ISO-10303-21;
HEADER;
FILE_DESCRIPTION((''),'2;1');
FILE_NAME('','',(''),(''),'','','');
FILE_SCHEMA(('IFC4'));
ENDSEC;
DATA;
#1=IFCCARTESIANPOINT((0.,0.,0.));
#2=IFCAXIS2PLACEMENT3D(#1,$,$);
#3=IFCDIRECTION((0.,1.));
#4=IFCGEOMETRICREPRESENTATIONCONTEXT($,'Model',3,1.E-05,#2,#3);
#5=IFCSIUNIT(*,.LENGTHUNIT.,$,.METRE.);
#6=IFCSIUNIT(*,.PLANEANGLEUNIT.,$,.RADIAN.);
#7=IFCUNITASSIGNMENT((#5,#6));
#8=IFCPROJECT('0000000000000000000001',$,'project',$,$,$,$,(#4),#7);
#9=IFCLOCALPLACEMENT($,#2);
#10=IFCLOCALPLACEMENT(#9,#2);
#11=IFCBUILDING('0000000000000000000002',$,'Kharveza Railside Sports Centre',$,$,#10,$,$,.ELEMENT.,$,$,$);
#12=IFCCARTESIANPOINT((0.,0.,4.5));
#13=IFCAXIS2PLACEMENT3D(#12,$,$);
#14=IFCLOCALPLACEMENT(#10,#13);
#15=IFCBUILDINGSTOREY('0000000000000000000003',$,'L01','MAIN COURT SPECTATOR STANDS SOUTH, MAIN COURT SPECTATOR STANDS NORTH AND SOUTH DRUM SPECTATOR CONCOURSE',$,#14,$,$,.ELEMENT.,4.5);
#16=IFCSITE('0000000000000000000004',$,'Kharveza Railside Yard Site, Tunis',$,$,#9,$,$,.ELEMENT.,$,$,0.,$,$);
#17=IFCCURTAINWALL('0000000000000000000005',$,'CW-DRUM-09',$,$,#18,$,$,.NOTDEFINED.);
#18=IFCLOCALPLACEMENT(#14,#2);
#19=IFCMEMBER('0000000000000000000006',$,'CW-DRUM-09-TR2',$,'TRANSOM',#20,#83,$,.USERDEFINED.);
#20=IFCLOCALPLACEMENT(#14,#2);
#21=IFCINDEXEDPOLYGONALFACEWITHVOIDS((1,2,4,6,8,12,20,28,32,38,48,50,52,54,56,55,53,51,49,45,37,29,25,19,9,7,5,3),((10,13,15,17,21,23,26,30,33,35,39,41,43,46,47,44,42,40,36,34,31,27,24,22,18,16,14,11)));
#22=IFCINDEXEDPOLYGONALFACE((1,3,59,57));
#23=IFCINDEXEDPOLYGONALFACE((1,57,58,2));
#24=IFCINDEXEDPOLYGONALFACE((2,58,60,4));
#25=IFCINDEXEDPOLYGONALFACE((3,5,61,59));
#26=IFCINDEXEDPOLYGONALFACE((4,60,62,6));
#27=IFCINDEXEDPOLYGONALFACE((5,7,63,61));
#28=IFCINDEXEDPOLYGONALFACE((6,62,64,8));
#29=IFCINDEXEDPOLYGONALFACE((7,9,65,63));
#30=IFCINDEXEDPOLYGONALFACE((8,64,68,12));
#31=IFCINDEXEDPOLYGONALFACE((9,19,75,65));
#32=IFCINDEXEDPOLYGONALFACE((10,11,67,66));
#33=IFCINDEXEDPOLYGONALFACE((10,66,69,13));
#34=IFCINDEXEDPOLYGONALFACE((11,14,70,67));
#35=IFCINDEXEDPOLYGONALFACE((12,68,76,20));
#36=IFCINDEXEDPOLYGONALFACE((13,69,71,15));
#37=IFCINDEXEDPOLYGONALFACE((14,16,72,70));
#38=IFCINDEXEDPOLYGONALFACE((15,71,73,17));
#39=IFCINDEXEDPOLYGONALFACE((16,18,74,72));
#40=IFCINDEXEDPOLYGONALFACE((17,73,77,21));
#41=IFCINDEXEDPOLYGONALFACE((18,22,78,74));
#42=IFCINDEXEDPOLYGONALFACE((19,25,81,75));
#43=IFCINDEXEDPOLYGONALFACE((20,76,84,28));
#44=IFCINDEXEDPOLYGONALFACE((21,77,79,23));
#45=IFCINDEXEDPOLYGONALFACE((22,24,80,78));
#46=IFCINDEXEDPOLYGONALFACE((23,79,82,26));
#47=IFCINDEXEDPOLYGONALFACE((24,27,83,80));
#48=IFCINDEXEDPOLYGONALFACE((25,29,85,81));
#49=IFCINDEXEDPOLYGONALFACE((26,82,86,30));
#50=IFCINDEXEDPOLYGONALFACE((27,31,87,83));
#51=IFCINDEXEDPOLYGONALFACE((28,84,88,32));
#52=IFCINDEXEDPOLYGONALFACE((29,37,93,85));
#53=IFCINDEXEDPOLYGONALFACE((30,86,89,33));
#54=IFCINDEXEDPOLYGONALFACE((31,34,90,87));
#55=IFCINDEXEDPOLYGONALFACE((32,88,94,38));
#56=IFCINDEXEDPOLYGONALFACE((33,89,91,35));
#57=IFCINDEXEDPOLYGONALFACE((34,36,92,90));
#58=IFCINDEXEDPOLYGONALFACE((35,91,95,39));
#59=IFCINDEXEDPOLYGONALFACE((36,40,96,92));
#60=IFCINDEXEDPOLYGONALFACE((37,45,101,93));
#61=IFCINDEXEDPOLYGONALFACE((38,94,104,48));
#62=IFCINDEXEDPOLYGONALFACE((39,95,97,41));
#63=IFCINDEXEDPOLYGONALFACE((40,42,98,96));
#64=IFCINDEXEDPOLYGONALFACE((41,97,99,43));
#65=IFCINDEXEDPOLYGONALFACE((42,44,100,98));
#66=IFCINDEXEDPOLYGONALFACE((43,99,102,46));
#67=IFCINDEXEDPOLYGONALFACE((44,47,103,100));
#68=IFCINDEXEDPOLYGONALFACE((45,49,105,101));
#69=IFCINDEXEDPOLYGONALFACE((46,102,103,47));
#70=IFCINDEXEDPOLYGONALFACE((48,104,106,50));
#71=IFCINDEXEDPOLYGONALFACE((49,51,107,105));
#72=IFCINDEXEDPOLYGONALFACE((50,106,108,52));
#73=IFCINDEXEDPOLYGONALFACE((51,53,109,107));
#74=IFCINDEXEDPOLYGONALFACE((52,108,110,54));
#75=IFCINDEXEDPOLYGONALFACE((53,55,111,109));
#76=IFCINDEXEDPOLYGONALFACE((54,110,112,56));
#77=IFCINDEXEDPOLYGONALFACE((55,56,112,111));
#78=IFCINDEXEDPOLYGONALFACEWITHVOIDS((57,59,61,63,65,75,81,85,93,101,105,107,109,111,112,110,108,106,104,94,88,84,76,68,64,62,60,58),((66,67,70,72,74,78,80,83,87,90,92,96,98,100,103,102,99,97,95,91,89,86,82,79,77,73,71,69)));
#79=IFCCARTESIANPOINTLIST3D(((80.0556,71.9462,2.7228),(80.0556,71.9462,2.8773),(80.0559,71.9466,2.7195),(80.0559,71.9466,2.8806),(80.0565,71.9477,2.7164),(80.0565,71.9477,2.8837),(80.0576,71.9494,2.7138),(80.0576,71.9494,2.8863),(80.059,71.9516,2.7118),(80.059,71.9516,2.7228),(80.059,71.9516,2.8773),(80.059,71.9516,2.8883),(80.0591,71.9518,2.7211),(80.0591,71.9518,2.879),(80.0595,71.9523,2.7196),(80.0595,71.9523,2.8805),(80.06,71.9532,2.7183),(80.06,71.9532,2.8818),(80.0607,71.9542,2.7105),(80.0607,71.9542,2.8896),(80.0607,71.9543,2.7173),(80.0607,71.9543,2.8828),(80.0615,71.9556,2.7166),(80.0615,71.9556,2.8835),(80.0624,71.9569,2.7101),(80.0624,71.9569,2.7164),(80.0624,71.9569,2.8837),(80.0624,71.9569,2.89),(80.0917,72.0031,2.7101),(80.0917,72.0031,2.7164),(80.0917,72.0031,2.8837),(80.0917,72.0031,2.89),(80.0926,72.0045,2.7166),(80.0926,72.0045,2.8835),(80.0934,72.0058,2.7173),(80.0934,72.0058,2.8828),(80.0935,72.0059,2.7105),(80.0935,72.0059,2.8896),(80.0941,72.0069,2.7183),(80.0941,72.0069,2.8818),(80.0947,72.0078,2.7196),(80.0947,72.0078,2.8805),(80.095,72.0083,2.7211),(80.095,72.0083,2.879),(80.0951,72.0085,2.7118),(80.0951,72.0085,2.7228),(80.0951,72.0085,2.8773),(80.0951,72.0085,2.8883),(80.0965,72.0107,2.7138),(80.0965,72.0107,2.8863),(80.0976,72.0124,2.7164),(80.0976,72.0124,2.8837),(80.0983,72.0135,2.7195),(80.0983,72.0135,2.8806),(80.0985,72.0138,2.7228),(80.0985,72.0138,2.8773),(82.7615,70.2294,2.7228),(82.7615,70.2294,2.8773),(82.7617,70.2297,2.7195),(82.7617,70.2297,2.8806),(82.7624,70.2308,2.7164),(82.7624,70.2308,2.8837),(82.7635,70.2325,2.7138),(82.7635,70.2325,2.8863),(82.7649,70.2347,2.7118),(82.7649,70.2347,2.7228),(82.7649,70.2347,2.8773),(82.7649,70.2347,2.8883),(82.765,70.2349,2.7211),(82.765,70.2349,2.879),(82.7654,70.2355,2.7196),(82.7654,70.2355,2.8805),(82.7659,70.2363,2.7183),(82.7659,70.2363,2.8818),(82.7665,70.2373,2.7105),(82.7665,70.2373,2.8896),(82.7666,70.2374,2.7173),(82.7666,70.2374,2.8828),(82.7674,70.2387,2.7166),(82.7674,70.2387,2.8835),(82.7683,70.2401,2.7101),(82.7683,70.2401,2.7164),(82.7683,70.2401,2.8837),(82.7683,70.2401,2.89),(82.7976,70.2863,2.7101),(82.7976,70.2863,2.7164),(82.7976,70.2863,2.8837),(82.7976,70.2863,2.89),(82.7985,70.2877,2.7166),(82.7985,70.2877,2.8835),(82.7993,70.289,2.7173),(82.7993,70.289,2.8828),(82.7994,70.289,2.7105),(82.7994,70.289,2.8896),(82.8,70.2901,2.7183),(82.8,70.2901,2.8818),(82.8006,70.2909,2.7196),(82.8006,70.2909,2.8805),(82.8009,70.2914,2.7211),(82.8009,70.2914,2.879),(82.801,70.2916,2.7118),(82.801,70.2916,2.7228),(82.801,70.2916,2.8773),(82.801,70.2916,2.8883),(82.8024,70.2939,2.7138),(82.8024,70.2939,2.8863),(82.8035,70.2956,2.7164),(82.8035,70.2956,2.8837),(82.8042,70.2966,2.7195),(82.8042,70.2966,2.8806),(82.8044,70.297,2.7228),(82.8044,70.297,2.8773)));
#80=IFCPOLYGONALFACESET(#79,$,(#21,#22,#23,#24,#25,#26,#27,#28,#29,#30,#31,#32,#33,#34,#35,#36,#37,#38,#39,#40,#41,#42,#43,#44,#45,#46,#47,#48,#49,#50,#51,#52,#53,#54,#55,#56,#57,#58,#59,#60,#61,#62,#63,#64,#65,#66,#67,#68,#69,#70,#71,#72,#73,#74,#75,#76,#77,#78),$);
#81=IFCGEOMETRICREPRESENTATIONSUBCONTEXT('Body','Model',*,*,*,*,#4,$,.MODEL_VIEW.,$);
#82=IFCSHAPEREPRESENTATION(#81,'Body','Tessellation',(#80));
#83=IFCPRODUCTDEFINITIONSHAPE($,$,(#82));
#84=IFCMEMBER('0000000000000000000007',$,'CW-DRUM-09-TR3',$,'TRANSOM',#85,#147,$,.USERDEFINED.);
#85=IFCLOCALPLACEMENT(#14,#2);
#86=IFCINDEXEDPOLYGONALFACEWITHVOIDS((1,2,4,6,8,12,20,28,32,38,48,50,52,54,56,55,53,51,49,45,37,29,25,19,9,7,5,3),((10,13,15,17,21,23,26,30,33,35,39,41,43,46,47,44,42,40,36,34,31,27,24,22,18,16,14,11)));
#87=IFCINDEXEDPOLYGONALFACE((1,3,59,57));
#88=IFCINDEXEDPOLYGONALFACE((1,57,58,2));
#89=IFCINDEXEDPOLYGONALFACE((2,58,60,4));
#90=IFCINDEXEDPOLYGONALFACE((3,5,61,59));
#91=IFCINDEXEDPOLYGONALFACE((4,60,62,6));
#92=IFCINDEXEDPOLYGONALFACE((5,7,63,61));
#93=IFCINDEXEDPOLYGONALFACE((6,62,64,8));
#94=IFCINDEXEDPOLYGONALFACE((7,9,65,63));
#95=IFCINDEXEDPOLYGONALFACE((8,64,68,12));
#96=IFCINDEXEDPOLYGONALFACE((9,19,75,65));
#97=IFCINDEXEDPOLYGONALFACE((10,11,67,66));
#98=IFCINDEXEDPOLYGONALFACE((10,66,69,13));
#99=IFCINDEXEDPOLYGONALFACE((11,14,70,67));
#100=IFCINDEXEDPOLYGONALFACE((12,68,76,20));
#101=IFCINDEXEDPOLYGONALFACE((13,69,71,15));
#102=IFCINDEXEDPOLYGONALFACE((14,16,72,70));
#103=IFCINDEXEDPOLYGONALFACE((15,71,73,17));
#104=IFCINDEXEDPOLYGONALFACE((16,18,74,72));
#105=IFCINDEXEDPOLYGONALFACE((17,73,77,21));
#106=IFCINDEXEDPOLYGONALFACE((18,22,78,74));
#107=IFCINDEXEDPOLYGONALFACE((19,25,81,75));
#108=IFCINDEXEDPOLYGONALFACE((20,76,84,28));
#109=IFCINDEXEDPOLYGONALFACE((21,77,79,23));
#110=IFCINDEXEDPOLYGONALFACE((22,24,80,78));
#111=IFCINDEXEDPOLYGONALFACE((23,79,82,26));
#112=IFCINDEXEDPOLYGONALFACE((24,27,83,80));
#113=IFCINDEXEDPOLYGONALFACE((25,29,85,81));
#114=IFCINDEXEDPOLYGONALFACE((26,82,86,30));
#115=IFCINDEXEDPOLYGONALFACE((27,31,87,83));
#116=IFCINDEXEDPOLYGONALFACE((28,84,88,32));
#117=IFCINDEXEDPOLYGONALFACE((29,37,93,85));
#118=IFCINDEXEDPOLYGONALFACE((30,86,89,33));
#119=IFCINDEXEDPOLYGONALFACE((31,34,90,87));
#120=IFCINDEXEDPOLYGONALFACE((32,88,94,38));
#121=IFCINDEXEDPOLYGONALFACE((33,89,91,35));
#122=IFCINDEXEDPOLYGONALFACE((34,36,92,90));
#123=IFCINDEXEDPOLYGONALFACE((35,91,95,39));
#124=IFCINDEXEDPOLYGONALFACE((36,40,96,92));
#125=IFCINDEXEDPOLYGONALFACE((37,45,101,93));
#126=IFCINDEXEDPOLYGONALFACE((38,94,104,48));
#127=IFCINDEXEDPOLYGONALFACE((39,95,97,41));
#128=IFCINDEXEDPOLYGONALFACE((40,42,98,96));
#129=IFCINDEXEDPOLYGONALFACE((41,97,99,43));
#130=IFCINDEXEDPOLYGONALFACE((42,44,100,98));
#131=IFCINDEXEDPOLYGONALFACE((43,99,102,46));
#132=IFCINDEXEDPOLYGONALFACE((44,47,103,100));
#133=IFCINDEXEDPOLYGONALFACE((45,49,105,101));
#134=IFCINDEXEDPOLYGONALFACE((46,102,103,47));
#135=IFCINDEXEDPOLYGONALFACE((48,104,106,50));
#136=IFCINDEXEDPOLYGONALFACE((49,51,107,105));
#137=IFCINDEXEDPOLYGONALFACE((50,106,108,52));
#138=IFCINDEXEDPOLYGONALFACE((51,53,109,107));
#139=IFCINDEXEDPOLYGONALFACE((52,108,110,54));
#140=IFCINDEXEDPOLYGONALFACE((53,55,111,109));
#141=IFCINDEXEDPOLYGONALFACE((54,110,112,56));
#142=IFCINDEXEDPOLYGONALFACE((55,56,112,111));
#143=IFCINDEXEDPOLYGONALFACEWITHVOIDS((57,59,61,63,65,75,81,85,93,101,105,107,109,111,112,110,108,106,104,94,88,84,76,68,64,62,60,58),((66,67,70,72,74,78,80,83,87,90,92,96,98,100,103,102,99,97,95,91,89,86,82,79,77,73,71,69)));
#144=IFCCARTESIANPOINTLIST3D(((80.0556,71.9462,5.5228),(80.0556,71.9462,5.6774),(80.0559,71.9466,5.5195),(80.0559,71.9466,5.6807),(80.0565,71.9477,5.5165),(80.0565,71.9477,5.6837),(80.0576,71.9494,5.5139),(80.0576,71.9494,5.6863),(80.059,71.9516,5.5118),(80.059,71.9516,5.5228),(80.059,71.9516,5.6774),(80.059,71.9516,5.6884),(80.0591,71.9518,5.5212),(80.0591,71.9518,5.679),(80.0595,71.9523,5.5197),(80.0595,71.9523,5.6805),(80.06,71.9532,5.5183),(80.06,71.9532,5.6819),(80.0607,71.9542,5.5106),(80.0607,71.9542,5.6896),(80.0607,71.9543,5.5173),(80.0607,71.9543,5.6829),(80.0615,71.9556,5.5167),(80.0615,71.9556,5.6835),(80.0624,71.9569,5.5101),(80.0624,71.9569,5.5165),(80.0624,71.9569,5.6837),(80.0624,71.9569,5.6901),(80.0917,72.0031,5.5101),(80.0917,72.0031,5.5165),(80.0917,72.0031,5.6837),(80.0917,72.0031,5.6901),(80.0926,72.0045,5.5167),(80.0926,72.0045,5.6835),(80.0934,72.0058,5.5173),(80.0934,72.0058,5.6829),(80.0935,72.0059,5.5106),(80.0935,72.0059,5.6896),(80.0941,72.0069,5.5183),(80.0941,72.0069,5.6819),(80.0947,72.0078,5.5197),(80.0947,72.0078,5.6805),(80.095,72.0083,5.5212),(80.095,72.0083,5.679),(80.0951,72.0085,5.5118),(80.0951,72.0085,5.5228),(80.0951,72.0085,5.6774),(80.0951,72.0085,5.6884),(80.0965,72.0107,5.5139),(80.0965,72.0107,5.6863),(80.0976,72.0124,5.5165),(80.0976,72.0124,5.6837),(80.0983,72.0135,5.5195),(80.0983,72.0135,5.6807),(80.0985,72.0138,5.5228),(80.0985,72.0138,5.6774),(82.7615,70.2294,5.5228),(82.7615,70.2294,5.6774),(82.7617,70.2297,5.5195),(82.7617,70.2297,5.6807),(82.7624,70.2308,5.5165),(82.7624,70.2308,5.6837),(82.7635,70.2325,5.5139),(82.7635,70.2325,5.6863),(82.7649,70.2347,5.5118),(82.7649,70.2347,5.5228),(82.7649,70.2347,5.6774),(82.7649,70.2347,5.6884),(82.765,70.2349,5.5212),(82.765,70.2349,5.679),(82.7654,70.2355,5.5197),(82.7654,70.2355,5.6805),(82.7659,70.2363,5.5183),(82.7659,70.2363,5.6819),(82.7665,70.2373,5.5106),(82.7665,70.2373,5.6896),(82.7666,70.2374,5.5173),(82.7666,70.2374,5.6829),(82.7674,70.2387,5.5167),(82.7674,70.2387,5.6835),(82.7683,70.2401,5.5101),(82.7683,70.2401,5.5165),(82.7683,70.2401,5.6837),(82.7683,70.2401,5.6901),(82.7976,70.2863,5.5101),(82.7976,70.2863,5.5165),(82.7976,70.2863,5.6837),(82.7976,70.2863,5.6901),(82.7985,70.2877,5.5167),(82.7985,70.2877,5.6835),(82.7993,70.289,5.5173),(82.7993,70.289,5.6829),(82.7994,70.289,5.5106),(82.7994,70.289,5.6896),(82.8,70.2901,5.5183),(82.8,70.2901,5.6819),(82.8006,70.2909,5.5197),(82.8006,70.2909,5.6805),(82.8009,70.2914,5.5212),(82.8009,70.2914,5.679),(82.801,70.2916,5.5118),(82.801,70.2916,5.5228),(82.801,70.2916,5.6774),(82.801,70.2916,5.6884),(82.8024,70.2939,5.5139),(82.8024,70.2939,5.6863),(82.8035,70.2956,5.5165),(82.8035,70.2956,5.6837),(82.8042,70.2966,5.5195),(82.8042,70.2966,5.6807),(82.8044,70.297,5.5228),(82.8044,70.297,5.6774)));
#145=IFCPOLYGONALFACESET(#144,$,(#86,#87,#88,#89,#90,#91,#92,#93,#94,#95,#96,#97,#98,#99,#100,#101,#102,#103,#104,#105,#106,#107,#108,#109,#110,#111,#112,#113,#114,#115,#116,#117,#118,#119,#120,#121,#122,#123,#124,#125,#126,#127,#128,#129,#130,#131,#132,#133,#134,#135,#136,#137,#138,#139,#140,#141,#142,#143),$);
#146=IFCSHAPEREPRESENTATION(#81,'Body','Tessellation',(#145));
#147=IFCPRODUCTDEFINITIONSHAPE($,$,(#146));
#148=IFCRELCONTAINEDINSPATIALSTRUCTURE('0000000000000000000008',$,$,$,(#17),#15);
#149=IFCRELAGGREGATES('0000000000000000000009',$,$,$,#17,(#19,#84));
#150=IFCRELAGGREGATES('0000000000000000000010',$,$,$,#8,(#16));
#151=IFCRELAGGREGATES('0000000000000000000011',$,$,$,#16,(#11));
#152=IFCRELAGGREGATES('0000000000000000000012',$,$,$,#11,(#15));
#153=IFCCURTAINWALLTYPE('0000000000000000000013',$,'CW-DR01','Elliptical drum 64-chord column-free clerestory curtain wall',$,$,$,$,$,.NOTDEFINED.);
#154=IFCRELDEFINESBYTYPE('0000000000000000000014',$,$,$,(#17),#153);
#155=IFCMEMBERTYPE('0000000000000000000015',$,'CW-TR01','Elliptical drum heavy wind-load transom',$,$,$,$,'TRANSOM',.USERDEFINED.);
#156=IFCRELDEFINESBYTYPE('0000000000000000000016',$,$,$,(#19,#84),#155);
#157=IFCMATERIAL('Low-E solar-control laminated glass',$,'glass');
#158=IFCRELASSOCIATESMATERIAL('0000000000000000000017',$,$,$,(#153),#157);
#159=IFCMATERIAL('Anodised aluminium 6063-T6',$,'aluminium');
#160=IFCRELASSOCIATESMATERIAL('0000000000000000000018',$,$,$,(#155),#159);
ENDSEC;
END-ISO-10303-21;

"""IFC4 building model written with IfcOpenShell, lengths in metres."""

from ifc_helpers import new_model, si_unit, direction, frame, origin, origin_2d, place, context, subcontext, project, spatial, hollow_rectangle, extrude, material, material_profile, profile_set, type_object, element, aggregate, save


model = new_model("IFC4")

# Units and contexts
model_context = context("Model", 3, precision=1e-05, world=origin(), true_north=direction((0.0, 1.0)))
body_context = subcontext(model_context, "Body", "Model", "MODEL_VIEW")
ifc_project = project(units=[si_unit("LENGTHUNIT", "METRE"), si_unit("PLANEANGLEUNIT", "RADIAN")], contexts=[model_context])

# Site, building, storey
site_placement = place(None, origin())
site = spatial("IfcSite", under=ifc_project, at=site_placement, Name="Kharveza Railside Yard Site, Tunis", CompositionType="ELEMENT", RefElevation=0.0)
building_placement = place(site_placement, origin())
building = spatial("IfcBuilding", under=site, at=building_placement, Name="Kharveza Railside Sports Centre", CompositionType="ELEMENT")
storey_placement = place(building_placement, frame((0.0, 0.0, 4.5)))
storey = spatial("IfcBuildingStorey", under=building, at=storey_placement, Name="L01", Description="MAIN COURT SPECTATOR STANDS SOUTH, MAIN COURT SPECTATOR STANDS NORTH AND SOUTH DRUM SPECTATOR CONCOURSE", CompositionType="ELEMENT", Elevation=4.5)

# Shared definitions
ifc_material_1 = material(Name="Low-E solar-control laminated glass", Category="glass")
curtain_wall_type = type_object("IfcCurtainWallType", Name="CW-DR01", Description="Elliptical drum 64-chord column-free clerestory curtain wall", PredefinedType="NOTDEFINED", material=ifc_material_1)
ifc_material_2 = material(Name="Anodised aluminium 6063-T6", Category="aluminium")

# Curtain wall
curtain_wall_1_placement = place(storey_placement, origin())
curtain_wall_1 = element("IfcCurtainWall", 1, at=curtain_wall_1_placement, inside=storey, type_object=curtain_wall_type, Name="CW-DRUM-09", PredefinedType="NOTDEFINED")

# Members
ifc_material_profile_1 = material_profile(ifc_material_2, hollow_rectangle(XDim=0.0801, YDim=0.1799, WallThickness=0.0063, InnerFilletRadius=0.0063, OuterFilletRadius=0.0127, at=origin_2d()), Name="RHS 80x180x6.3")
ifc_profile_set_1 = profile_set([ifc_material_profile_1], Name="Anodised aluminium 6063-T6")
member_type_1 = type_object("IfcMemberType", Name="CW-TR01", Description="Elliptical drum heavy wind-load transom", ElementType="TRANSOM", PredefinedType="USERDEFINED", material=ifc_profile_set_1)
member_1_placement = place(storey_placement, frame((82.783, 70.2632, 2.8), z_axis=(-0.844379, 0.535746, 0.0), x_axis=(-0.535746, -0.844379, 0.0)))
member_1 = element("IfcMember", 2, at=member_1_placement, type_object=member_type_1, Name="CW-DRUM-09-TR2", ObjectType="TRANSOM", PredefinedType="USERDEFINED", context=body_context, shape_type="SweptSolid", body=[
    extrude(hollow_rectangle(XDim=0.0801, YDim=0.1799, WallThickness=0.0063, InnerFilletRadius=0.0063, OuterFilletRadius=0.0127, at=origin_2d()), origin(), (0.0, 0.0, 1.0), 3.2046),
])
member_2_placement = place(storey_placement, frame((82.783, 70.2632, 5.6001), z_axis=(-0.844379, 0.535746, 0.0), x_axis=(-0.535746, -0.844379, 0.0)))
member_2 = element("IfcMember", 3, at=member_2_placement, type_object=member_type_1, Name="CW-DRUM-09-TR3", ObjectType="TRANSOM", PredefinedType="USERDEFINED", context=body_context, shape_type="SweptSolid", body=[
    extrude(hollow_rectangle(XDim=0.0801, YDim=0.1799, WallThickness=0.0063, InnerFilletRadius=0.0063, OuterFilletRadius=0.0127, at=origin_2d()), origin(), (0.0, 0.0, 1.0), 3.2046),
])

aggregate(curtain_wall_1, [member_1, member_2])

save(model, "model.ifc")
